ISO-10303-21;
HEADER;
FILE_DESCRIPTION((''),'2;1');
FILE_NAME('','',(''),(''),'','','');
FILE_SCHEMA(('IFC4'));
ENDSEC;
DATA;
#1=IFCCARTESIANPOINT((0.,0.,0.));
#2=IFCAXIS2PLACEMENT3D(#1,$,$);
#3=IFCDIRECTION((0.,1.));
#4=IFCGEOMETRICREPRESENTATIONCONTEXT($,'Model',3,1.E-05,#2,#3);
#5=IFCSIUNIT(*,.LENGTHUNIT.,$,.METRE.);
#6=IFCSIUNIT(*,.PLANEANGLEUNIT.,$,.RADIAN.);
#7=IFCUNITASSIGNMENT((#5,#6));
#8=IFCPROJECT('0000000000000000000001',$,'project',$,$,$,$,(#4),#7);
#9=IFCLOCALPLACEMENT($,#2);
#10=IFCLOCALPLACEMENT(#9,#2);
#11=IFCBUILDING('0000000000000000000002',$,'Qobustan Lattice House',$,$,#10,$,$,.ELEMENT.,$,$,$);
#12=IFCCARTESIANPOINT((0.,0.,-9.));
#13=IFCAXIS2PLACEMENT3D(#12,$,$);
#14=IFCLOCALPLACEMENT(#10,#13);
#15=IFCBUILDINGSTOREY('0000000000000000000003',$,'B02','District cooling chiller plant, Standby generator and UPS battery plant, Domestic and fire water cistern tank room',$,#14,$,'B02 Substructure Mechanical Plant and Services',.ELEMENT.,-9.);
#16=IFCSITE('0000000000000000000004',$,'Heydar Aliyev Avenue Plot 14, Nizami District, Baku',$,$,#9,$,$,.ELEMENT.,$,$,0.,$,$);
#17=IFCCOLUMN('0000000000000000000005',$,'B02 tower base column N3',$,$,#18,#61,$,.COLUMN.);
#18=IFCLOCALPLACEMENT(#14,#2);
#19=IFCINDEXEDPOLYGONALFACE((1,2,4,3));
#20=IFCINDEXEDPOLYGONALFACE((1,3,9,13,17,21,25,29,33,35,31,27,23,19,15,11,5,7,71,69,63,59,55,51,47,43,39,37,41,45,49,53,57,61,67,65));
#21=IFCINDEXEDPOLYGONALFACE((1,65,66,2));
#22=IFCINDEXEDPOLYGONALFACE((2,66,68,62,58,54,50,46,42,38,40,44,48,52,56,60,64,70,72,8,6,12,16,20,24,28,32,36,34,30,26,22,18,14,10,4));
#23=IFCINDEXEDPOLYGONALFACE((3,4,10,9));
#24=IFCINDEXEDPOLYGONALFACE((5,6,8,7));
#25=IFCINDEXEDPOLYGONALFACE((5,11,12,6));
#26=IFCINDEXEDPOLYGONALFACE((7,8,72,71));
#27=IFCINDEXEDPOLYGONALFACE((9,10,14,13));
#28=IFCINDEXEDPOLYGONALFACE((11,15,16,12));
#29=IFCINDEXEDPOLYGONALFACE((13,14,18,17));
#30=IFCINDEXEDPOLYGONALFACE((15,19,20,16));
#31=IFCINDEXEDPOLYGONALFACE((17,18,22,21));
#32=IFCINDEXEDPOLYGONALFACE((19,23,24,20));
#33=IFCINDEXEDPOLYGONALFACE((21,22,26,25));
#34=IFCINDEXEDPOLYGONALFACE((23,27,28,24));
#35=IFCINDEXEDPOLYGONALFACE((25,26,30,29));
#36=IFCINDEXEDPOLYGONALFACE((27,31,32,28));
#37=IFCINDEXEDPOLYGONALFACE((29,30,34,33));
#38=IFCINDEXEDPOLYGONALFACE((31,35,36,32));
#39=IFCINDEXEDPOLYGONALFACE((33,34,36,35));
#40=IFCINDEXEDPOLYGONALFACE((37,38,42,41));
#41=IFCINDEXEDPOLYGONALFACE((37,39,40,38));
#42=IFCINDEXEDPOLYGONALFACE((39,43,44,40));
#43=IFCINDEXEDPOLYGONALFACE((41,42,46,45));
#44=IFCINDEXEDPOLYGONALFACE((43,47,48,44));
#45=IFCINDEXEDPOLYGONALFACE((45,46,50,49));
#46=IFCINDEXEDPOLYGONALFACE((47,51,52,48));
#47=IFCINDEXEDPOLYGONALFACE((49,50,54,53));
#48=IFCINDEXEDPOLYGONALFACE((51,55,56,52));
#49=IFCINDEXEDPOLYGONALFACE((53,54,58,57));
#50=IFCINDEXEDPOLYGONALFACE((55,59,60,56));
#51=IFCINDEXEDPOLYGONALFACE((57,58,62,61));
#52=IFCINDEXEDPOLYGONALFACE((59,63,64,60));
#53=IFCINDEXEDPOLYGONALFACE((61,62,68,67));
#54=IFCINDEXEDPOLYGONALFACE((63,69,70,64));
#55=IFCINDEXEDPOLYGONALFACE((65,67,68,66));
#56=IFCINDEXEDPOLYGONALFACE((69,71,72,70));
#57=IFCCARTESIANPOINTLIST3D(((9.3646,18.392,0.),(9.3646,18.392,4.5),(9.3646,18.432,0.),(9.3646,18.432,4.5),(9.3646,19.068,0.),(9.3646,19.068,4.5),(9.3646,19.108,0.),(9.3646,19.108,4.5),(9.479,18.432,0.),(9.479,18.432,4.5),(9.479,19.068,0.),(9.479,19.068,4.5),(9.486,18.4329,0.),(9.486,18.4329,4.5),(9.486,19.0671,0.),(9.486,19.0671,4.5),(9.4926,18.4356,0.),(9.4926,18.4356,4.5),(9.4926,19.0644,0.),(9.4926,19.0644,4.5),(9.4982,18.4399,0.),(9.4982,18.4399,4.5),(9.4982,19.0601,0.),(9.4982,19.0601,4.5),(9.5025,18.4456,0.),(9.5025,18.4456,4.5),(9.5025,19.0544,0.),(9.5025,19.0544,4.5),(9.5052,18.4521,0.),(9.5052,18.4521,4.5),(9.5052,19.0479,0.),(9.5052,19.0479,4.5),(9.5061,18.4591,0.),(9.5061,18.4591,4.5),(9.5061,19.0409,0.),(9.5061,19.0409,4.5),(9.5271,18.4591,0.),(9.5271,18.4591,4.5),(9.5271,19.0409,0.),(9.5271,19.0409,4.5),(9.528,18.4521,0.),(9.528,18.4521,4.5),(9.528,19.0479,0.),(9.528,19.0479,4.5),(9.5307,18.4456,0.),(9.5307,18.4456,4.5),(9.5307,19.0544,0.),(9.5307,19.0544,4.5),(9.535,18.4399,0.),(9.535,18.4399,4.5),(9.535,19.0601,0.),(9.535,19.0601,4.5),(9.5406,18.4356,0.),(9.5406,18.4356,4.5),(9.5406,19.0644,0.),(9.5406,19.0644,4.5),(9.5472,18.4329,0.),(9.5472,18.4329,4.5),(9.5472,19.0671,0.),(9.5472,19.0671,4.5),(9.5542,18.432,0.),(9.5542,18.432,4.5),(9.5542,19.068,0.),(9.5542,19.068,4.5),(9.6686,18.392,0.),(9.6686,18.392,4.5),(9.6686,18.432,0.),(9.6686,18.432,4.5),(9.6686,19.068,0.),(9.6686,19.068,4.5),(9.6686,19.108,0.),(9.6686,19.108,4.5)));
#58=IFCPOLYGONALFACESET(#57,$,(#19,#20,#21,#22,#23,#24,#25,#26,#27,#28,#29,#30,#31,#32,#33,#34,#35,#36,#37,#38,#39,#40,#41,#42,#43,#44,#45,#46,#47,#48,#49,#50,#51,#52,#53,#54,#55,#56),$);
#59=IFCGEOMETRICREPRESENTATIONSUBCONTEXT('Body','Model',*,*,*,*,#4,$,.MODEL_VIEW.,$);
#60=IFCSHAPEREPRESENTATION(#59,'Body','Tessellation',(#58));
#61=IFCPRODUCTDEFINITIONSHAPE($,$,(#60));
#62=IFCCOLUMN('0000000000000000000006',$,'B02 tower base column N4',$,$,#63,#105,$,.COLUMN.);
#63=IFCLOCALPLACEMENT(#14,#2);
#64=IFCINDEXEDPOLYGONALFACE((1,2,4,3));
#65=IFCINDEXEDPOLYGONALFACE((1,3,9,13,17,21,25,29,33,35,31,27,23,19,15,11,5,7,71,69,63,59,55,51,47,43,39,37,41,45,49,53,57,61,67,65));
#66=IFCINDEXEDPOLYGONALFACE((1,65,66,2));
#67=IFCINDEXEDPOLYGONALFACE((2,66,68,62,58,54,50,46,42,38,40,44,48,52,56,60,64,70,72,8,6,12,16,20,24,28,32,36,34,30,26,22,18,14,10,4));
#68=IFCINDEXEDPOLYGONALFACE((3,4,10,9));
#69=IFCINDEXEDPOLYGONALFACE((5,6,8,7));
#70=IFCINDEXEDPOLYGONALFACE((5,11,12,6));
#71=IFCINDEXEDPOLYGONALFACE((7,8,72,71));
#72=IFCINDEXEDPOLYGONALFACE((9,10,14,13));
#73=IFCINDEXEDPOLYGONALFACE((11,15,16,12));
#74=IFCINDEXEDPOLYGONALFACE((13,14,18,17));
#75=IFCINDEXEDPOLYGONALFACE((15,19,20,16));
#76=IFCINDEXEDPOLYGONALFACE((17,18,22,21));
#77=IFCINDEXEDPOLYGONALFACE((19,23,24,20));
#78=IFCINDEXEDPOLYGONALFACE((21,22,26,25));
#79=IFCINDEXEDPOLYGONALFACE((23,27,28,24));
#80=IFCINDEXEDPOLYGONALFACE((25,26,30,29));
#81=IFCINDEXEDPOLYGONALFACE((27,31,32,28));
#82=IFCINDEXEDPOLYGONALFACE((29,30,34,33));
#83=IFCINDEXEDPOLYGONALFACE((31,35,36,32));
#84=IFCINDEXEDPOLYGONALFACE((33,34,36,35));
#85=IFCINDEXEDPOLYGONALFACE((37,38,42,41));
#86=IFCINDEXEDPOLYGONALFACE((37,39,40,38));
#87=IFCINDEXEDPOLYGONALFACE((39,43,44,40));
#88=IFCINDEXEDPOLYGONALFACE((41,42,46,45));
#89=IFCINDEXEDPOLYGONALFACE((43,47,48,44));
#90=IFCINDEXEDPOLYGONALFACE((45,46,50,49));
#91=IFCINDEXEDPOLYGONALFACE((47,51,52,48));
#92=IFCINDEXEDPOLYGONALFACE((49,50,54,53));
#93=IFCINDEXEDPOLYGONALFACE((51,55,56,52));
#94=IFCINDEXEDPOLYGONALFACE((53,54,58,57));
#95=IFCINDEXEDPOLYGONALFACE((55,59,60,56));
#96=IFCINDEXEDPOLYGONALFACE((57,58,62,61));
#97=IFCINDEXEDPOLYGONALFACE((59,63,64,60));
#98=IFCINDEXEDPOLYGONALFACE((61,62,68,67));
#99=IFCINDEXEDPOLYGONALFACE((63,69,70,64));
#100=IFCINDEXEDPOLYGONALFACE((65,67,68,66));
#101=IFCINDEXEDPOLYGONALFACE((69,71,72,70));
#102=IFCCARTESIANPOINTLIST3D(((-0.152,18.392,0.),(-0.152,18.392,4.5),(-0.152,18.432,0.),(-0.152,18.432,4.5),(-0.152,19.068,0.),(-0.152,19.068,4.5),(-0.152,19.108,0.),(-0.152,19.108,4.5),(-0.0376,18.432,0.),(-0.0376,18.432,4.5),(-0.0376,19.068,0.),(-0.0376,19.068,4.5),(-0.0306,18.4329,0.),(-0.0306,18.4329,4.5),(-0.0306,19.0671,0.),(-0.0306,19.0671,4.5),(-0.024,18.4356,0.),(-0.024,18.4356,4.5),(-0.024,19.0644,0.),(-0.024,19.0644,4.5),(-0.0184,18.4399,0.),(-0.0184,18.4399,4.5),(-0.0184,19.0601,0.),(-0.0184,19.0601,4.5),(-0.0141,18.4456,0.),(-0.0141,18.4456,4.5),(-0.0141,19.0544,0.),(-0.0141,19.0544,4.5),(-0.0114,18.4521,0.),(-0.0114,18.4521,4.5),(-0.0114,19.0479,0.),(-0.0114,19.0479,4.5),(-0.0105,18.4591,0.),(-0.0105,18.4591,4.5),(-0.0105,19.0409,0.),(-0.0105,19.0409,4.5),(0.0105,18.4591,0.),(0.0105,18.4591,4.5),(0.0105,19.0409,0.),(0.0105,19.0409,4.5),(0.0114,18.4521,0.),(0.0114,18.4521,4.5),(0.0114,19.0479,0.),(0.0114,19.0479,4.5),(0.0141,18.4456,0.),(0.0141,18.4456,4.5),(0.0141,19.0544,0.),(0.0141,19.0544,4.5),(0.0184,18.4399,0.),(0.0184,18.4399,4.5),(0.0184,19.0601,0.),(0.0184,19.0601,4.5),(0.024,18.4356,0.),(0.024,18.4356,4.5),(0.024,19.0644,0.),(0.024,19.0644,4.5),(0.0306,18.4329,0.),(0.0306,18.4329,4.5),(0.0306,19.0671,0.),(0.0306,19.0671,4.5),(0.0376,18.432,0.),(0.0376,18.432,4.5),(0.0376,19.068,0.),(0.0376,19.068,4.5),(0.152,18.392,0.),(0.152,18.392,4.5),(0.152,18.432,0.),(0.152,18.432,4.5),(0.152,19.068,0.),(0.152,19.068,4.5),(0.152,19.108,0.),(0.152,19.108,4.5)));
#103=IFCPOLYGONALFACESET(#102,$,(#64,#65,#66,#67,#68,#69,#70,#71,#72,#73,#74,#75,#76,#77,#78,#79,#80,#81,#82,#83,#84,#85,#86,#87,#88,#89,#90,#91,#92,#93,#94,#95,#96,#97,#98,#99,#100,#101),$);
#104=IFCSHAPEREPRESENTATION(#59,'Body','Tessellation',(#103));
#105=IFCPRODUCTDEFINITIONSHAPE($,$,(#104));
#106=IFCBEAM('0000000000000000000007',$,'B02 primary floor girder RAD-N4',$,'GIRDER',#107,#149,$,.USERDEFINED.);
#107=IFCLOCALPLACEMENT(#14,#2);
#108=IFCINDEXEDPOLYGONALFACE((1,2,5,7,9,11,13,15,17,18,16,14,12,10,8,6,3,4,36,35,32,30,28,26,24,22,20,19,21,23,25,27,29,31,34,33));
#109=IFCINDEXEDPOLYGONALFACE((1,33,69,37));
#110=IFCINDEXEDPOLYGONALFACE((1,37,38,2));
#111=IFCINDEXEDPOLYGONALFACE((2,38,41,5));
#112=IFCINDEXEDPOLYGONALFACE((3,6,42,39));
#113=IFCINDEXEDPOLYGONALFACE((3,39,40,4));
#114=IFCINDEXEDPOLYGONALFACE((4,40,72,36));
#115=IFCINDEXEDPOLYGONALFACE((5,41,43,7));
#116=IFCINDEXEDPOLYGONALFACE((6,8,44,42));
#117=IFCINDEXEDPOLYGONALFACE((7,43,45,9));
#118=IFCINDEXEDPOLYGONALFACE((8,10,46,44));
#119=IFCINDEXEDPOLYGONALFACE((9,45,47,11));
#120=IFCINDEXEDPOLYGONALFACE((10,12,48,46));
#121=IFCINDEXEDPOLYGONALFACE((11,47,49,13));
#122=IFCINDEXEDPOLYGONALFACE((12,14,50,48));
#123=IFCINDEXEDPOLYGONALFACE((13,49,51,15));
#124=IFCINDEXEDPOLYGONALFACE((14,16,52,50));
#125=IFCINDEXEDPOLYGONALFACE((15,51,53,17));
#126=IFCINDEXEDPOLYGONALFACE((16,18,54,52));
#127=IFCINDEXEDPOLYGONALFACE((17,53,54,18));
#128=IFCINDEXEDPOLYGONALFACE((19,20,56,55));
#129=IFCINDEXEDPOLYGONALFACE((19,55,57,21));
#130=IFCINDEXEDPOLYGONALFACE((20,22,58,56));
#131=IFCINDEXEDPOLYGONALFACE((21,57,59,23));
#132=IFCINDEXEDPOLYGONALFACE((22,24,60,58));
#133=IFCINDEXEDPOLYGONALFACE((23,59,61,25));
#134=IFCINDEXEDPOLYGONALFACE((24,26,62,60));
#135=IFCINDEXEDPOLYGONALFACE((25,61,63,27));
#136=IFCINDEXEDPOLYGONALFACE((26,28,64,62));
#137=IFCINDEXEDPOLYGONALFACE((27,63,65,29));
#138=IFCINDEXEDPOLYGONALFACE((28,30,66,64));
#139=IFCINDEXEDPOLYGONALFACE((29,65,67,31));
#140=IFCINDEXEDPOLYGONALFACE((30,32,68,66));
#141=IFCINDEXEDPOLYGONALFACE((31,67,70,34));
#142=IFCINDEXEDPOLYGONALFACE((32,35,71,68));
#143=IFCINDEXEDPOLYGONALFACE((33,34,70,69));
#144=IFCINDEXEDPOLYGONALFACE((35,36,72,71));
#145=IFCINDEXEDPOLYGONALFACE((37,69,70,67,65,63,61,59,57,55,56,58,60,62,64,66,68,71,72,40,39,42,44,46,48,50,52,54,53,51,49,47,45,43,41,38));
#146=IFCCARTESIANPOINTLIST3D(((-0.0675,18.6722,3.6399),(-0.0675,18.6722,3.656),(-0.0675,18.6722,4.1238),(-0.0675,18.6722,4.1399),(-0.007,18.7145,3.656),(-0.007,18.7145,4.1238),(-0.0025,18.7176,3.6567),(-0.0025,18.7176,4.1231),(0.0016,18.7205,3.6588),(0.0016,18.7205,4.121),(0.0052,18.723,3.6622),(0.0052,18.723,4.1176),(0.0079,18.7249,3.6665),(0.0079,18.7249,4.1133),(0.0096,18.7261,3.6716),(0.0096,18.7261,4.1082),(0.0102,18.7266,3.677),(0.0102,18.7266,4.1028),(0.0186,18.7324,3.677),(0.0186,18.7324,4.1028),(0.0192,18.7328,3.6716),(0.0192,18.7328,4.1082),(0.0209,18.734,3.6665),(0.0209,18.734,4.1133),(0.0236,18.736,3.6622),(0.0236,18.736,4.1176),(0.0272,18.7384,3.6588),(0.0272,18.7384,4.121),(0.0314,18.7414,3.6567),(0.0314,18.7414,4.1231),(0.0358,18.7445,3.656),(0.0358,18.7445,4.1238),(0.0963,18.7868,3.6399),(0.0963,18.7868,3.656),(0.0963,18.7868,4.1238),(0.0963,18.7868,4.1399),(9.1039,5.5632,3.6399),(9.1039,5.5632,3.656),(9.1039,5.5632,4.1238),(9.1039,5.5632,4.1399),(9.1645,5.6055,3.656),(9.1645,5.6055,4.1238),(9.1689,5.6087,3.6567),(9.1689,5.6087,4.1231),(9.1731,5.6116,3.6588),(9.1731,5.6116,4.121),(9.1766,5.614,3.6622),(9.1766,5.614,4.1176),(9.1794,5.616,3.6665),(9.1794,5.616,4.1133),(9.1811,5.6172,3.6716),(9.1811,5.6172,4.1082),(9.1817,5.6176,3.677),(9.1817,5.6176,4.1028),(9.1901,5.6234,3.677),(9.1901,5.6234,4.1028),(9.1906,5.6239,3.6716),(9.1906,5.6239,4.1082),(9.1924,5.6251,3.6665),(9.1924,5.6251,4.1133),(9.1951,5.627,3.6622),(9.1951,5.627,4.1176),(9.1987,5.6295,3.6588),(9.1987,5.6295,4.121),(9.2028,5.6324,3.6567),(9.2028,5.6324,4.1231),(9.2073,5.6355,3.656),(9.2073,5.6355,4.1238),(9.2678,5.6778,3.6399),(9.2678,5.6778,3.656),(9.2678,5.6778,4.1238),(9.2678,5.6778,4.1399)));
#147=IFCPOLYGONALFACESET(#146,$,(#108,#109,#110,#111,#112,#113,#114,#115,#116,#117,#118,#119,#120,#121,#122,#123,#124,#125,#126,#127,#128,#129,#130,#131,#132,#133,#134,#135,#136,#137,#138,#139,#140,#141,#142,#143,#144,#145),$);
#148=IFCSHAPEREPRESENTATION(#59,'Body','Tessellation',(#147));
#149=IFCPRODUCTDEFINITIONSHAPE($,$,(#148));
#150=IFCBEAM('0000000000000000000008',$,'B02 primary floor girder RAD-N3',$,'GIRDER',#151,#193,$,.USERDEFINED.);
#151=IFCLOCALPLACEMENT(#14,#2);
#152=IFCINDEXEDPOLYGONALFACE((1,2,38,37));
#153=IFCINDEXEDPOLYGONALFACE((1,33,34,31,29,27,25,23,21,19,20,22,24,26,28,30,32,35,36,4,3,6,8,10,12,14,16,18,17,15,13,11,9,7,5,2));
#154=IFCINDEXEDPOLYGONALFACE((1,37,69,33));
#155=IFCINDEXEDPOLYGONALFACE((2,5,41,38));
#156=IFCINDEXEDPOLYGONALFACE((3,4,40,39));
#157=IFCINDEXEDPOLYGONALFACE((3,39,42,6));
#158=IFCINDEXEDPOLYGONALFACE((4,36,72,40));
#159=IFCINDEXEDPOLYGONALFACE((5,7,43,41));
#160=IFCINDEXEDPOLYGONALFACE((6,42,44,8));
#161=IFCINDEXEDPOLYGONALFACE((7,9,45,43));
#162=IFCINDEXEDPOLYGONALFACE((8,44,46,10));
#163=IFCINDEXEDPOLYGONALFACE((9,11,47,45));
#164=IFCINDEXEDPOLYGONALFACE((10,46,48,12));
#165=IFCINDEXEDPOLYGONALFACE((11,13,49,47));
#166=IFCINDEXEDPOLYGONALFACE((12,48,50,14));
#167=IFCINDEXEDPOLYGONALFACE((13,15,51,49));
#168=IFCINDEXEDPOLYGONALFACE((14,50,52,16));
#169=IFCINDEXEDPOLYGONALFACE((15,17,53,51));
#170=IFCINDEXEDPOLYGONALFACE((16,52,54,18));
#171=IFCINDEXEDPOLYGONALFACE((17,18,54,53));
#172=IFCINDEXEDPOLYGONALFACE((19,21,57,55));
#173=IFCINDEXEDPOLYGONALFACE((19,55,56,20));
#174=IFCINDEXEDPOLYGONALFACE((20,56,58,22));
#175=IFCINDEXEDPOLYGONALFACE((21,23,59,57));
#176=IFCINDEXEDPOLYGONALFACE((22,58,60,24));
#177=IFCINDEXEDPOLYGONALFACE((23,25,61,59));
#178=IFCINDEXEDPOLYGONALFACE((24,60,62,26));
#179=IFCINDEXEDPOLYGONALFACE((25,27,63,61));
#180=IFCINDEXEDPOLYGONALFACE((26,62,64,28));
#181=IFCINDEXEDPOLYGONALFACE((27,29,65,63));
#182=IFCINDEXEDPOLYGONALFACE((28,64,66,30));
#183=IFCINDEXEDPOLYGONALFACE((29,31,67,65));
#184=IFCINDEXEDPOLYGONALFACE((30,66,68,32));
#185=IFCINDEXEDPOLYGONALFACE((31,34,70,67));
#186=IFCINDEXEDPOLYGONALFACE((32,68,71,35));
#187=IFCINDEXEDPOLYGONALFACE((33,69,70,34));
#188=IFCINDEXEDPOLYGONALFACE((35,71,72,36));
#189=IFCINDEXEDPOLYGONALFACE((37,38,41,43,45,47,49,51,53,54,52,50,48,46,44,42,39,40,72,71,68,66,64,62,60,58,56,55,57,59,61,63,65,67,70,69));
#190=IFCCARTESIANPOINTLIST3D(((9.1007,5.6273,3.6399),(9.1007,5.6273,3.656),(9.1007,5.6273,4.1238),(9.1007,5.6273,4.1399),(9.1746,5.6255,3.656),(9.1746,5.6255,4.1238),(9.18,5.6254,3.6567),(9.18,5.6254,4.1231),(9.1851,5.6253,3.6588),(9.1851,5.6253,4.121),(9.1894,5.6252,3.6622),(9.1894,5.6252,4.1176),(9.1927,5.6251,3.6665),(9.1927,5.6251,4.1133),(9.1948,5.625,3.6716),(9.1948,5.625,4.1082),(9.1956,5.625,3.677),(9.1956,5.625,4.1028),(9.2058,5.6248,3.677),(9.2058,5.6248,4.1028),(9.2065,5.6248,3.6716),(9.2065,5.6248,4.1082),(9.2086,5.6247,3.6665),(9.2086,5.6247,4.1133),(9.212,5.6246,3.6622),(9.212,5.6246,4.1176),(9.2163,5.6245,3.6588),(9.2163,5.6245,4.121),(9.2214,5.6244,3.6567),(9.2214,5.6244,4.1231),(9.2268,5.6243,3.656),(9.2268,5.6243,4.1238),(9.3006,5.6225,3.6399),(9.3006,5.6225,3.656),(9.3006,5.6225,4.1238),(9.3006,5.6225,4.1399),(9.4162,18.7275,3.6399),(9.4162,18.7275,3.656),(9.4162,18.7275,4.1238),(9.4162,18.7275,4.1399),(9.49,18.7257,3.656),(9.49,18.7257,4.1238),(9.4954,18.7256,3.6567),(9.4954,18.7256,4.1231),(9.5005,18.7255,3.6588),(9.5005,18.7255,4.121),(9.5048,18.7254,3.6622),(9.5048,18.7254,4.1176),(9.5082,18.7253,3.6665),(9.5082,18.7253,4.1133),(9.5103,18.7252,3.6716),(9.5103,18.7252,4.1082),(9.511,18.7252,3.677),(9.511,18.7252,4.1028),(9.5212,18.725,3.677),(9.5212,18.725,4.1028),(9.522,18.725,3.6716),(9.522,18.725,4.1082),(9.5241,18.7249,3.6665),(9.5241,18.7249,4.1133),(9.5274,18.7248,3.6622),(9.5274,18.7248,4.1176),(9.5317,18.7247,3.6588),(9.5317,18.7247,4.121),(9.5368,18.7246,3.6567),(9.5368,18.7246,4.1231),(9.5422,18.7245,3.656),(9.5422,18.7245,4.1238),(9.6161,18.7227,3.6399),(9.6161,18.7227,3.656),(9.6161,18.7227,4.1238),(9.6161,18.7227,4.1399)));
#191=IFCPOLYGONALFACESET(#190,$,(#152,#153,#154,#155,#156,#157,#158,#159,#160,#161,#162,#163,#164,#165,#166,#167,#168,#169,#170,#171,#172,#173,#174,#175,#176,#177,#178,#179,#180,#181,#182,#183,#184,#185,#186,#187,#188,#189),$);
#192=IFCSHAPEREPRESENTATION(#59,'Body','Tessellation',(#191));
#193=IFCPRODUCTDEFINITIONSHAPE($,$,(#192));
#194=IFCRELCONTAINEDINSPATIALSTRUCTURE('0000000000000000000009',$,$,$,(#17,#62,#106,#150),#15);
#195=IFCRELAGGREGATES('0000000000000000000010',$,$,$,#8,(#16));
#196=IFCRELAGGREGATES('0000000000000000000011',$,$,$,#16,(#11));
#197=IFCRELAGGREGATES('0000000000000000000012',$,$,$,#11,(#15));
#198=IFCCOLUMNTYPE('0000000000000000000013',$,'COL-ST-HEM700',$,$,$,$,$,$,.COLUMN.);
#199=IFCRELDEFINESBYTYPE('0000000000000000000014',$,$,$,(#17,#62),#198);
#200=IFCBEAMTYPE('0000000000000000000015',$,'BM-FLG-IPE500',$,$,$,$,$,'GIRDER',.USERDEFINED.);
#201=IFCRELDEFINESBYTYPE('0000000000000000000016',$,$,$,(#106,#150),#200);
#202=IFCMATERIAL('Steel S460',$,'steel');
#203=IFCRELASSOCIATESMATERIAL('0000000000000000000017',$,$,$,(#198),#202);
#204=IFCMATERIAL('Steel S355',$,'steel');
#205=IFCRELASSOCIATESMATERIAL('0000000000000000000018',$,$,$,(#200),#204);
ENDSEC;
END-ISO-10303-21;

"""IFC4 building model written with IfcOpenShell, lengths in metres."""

from ifc_helpers import new_model, si_unit, direction, frame, origin, origin_2d, place, context, subcontext, project, spatial, i_section, extrude, material, material_profile, profile_set, type_object, element, save


model = new_model("IFC4")

# Units and contexts
model_context = context("Model", 3, precision=1e-05, world=origin(), true_north=direction((0.0, 1.0)))
body_context = subcontext(model_context, "Body", "Model", "MODEL_VIEW")
ifc_project = project(units=[si_unit("LENGTHUNIT", "METRE"), si_unit("PLANEANGLEUNIT", "RADIAN")], contexts=[model_context])

# Site, building, storey
site_placement = place(None, origin())
site = spatial("IfcSite", under=ifc_project, at=site_placement, Name="Heydar Aliyev Avenue Plot 14, Nizami District, Baku", CompositionType="ELEMENT", RefElevation=0.0)
building_placement = place(site_placement, origin())
building = spatial("IfcBuilding", under=site, at=building_placement, Name="Qobustan Lattice House", CompositionType="ELEMENT")
storey_placement = place(building_placement, frame((0.0, 0.0, -9.0)))
storey = spatial("IfcBuildingStorey", under=building, at=storey_placement, Name="B02", Description="District cooling chiller plant, Standby generator and UPS battery plant, Domestic and fire water cistern tank room", LongName="B02 Substructure Mechanical Plant and Services", CompositionType="ELEMENT", Elevation=-9.0)

# Columns
ifc_material_1 = material(Name="Steel S460", Category="steel")
ifc_material_profile_1 = material_profile(ifc_material_1, i_section(OverallWidth=0.304, OverallDepth=0.7161, WebThickness=0.021, FlangeThickness=0.04, FilletRadius=0.0271, at=origin_2d()), Name="HEM700")
ifc_profile_set_1 = profile_set([ifc_material_profile_1], Name="Steel S460")
column_type_1 = type_object("IfcColumnType", Name="COL-ST-HEM700", PredefinedType="COLUMN", material=ifc_profile_set_1)
for number, where, z_axis, x_axis, name in (
    (1, (9.5166, 18.75, 0.0), (0.0, 0.0, 1.0), (1.0, 0.0, 0.0), "B02 tower base column N3"),
    (2, (0.0, 18.75, 0.0), (0.0, 0.0, 1.0), (1.0, 0.0, 0.0), "B02 tower base column N4"),
):
    element("IfcColumn", number, at=place(storey_placement, frame(where, z_axis=z_axis, x_axis=x_axis)), inside=storey, type_object=column_type_1, Name=name, PredefinedType="COLUMN", context=body_context, shape_type="SweptSolid", body=[
        extrude(i_section(OverallWidth=0.304, OverallDepth=0.7161, WebThickness=0.021, FlangeThickness=0.04, FilletRadius=0.0271, at=origin_2d()), origin(), (0.0, 0.0, 1.0), 4.5),
    ])

# Beams
ifc_material_2 = material(Name="Steel S355", Category="steel")
ifc_material_profile_2 = material_profile(ifc_material_2, i_section(OverallWidth=0.2, OverallDepth=0.5, WebThickness=0.0103, FlangeThickness=0.0161, FilletRadius=0.021, at=origin_2d()), Name="IPE500")
ifc_profile_set_2 = profile_set([ifc_material_profile_2], Name="Steel S355")
beam_type_1 = type_object("IfcBeamType", Name="BM-FLG-IPE500", ElementType="GIRDER", PredefinedType="USERDEFINED", material=ifc_profile_set_2)
beam_1_placement = place(storey_placement, frame((0.0144, 18.7295, 3.8899), z_axis=(0.57326, -0.819374, 0.0), x_axis=(0.819374, 0.57326, 0.0)))
element("IfcBeam", 3, at=beam_1_placement, inside=storey, type_object=beam_type_1, Name="B02 primary floor girder RAD-N4", ObjectType="GIRDER", PredefinedType="USERDEFINED", context=body_context, shape_type="SweptSolid", body=[
    extrude(i_section(OverallWidth=0.2, OverallDepth=0.5, WebThickness=0.0103, FlangeThickness=0.0161, FilletRadius=0.021, at=origin_2d()), origin(), (0.0, 0.0, 1.0), 15.9988),
])
beam_2_placement = place(storey_placement, frame((9.5161, 18.7251, 3.8899), z_axis=(-0.024071, -0.99971, 0.0), x_axis=(0.99971, -0.024071, 0.0)))
element("IfcBeam", 4, at=beam_2_placement, inside=storey, type_object=beam_type_1, Name="B02 primary floor girder RAD-N3", ObjectType="GIRDER", PredefinedType="USERDEFINED", context=body_context, shape_type="SweptSolid", body=[
    extrude(i_section(OverallWidth=0.2, OverallDepth=0.5, WebThickness=0.0103, FlangeThickness=0.0161, FilletRadius=0.021, at=origin_2d()), origin(), (0.0, 0.0, 1.0), 13.104),
])

save(model, "model.ifc")
